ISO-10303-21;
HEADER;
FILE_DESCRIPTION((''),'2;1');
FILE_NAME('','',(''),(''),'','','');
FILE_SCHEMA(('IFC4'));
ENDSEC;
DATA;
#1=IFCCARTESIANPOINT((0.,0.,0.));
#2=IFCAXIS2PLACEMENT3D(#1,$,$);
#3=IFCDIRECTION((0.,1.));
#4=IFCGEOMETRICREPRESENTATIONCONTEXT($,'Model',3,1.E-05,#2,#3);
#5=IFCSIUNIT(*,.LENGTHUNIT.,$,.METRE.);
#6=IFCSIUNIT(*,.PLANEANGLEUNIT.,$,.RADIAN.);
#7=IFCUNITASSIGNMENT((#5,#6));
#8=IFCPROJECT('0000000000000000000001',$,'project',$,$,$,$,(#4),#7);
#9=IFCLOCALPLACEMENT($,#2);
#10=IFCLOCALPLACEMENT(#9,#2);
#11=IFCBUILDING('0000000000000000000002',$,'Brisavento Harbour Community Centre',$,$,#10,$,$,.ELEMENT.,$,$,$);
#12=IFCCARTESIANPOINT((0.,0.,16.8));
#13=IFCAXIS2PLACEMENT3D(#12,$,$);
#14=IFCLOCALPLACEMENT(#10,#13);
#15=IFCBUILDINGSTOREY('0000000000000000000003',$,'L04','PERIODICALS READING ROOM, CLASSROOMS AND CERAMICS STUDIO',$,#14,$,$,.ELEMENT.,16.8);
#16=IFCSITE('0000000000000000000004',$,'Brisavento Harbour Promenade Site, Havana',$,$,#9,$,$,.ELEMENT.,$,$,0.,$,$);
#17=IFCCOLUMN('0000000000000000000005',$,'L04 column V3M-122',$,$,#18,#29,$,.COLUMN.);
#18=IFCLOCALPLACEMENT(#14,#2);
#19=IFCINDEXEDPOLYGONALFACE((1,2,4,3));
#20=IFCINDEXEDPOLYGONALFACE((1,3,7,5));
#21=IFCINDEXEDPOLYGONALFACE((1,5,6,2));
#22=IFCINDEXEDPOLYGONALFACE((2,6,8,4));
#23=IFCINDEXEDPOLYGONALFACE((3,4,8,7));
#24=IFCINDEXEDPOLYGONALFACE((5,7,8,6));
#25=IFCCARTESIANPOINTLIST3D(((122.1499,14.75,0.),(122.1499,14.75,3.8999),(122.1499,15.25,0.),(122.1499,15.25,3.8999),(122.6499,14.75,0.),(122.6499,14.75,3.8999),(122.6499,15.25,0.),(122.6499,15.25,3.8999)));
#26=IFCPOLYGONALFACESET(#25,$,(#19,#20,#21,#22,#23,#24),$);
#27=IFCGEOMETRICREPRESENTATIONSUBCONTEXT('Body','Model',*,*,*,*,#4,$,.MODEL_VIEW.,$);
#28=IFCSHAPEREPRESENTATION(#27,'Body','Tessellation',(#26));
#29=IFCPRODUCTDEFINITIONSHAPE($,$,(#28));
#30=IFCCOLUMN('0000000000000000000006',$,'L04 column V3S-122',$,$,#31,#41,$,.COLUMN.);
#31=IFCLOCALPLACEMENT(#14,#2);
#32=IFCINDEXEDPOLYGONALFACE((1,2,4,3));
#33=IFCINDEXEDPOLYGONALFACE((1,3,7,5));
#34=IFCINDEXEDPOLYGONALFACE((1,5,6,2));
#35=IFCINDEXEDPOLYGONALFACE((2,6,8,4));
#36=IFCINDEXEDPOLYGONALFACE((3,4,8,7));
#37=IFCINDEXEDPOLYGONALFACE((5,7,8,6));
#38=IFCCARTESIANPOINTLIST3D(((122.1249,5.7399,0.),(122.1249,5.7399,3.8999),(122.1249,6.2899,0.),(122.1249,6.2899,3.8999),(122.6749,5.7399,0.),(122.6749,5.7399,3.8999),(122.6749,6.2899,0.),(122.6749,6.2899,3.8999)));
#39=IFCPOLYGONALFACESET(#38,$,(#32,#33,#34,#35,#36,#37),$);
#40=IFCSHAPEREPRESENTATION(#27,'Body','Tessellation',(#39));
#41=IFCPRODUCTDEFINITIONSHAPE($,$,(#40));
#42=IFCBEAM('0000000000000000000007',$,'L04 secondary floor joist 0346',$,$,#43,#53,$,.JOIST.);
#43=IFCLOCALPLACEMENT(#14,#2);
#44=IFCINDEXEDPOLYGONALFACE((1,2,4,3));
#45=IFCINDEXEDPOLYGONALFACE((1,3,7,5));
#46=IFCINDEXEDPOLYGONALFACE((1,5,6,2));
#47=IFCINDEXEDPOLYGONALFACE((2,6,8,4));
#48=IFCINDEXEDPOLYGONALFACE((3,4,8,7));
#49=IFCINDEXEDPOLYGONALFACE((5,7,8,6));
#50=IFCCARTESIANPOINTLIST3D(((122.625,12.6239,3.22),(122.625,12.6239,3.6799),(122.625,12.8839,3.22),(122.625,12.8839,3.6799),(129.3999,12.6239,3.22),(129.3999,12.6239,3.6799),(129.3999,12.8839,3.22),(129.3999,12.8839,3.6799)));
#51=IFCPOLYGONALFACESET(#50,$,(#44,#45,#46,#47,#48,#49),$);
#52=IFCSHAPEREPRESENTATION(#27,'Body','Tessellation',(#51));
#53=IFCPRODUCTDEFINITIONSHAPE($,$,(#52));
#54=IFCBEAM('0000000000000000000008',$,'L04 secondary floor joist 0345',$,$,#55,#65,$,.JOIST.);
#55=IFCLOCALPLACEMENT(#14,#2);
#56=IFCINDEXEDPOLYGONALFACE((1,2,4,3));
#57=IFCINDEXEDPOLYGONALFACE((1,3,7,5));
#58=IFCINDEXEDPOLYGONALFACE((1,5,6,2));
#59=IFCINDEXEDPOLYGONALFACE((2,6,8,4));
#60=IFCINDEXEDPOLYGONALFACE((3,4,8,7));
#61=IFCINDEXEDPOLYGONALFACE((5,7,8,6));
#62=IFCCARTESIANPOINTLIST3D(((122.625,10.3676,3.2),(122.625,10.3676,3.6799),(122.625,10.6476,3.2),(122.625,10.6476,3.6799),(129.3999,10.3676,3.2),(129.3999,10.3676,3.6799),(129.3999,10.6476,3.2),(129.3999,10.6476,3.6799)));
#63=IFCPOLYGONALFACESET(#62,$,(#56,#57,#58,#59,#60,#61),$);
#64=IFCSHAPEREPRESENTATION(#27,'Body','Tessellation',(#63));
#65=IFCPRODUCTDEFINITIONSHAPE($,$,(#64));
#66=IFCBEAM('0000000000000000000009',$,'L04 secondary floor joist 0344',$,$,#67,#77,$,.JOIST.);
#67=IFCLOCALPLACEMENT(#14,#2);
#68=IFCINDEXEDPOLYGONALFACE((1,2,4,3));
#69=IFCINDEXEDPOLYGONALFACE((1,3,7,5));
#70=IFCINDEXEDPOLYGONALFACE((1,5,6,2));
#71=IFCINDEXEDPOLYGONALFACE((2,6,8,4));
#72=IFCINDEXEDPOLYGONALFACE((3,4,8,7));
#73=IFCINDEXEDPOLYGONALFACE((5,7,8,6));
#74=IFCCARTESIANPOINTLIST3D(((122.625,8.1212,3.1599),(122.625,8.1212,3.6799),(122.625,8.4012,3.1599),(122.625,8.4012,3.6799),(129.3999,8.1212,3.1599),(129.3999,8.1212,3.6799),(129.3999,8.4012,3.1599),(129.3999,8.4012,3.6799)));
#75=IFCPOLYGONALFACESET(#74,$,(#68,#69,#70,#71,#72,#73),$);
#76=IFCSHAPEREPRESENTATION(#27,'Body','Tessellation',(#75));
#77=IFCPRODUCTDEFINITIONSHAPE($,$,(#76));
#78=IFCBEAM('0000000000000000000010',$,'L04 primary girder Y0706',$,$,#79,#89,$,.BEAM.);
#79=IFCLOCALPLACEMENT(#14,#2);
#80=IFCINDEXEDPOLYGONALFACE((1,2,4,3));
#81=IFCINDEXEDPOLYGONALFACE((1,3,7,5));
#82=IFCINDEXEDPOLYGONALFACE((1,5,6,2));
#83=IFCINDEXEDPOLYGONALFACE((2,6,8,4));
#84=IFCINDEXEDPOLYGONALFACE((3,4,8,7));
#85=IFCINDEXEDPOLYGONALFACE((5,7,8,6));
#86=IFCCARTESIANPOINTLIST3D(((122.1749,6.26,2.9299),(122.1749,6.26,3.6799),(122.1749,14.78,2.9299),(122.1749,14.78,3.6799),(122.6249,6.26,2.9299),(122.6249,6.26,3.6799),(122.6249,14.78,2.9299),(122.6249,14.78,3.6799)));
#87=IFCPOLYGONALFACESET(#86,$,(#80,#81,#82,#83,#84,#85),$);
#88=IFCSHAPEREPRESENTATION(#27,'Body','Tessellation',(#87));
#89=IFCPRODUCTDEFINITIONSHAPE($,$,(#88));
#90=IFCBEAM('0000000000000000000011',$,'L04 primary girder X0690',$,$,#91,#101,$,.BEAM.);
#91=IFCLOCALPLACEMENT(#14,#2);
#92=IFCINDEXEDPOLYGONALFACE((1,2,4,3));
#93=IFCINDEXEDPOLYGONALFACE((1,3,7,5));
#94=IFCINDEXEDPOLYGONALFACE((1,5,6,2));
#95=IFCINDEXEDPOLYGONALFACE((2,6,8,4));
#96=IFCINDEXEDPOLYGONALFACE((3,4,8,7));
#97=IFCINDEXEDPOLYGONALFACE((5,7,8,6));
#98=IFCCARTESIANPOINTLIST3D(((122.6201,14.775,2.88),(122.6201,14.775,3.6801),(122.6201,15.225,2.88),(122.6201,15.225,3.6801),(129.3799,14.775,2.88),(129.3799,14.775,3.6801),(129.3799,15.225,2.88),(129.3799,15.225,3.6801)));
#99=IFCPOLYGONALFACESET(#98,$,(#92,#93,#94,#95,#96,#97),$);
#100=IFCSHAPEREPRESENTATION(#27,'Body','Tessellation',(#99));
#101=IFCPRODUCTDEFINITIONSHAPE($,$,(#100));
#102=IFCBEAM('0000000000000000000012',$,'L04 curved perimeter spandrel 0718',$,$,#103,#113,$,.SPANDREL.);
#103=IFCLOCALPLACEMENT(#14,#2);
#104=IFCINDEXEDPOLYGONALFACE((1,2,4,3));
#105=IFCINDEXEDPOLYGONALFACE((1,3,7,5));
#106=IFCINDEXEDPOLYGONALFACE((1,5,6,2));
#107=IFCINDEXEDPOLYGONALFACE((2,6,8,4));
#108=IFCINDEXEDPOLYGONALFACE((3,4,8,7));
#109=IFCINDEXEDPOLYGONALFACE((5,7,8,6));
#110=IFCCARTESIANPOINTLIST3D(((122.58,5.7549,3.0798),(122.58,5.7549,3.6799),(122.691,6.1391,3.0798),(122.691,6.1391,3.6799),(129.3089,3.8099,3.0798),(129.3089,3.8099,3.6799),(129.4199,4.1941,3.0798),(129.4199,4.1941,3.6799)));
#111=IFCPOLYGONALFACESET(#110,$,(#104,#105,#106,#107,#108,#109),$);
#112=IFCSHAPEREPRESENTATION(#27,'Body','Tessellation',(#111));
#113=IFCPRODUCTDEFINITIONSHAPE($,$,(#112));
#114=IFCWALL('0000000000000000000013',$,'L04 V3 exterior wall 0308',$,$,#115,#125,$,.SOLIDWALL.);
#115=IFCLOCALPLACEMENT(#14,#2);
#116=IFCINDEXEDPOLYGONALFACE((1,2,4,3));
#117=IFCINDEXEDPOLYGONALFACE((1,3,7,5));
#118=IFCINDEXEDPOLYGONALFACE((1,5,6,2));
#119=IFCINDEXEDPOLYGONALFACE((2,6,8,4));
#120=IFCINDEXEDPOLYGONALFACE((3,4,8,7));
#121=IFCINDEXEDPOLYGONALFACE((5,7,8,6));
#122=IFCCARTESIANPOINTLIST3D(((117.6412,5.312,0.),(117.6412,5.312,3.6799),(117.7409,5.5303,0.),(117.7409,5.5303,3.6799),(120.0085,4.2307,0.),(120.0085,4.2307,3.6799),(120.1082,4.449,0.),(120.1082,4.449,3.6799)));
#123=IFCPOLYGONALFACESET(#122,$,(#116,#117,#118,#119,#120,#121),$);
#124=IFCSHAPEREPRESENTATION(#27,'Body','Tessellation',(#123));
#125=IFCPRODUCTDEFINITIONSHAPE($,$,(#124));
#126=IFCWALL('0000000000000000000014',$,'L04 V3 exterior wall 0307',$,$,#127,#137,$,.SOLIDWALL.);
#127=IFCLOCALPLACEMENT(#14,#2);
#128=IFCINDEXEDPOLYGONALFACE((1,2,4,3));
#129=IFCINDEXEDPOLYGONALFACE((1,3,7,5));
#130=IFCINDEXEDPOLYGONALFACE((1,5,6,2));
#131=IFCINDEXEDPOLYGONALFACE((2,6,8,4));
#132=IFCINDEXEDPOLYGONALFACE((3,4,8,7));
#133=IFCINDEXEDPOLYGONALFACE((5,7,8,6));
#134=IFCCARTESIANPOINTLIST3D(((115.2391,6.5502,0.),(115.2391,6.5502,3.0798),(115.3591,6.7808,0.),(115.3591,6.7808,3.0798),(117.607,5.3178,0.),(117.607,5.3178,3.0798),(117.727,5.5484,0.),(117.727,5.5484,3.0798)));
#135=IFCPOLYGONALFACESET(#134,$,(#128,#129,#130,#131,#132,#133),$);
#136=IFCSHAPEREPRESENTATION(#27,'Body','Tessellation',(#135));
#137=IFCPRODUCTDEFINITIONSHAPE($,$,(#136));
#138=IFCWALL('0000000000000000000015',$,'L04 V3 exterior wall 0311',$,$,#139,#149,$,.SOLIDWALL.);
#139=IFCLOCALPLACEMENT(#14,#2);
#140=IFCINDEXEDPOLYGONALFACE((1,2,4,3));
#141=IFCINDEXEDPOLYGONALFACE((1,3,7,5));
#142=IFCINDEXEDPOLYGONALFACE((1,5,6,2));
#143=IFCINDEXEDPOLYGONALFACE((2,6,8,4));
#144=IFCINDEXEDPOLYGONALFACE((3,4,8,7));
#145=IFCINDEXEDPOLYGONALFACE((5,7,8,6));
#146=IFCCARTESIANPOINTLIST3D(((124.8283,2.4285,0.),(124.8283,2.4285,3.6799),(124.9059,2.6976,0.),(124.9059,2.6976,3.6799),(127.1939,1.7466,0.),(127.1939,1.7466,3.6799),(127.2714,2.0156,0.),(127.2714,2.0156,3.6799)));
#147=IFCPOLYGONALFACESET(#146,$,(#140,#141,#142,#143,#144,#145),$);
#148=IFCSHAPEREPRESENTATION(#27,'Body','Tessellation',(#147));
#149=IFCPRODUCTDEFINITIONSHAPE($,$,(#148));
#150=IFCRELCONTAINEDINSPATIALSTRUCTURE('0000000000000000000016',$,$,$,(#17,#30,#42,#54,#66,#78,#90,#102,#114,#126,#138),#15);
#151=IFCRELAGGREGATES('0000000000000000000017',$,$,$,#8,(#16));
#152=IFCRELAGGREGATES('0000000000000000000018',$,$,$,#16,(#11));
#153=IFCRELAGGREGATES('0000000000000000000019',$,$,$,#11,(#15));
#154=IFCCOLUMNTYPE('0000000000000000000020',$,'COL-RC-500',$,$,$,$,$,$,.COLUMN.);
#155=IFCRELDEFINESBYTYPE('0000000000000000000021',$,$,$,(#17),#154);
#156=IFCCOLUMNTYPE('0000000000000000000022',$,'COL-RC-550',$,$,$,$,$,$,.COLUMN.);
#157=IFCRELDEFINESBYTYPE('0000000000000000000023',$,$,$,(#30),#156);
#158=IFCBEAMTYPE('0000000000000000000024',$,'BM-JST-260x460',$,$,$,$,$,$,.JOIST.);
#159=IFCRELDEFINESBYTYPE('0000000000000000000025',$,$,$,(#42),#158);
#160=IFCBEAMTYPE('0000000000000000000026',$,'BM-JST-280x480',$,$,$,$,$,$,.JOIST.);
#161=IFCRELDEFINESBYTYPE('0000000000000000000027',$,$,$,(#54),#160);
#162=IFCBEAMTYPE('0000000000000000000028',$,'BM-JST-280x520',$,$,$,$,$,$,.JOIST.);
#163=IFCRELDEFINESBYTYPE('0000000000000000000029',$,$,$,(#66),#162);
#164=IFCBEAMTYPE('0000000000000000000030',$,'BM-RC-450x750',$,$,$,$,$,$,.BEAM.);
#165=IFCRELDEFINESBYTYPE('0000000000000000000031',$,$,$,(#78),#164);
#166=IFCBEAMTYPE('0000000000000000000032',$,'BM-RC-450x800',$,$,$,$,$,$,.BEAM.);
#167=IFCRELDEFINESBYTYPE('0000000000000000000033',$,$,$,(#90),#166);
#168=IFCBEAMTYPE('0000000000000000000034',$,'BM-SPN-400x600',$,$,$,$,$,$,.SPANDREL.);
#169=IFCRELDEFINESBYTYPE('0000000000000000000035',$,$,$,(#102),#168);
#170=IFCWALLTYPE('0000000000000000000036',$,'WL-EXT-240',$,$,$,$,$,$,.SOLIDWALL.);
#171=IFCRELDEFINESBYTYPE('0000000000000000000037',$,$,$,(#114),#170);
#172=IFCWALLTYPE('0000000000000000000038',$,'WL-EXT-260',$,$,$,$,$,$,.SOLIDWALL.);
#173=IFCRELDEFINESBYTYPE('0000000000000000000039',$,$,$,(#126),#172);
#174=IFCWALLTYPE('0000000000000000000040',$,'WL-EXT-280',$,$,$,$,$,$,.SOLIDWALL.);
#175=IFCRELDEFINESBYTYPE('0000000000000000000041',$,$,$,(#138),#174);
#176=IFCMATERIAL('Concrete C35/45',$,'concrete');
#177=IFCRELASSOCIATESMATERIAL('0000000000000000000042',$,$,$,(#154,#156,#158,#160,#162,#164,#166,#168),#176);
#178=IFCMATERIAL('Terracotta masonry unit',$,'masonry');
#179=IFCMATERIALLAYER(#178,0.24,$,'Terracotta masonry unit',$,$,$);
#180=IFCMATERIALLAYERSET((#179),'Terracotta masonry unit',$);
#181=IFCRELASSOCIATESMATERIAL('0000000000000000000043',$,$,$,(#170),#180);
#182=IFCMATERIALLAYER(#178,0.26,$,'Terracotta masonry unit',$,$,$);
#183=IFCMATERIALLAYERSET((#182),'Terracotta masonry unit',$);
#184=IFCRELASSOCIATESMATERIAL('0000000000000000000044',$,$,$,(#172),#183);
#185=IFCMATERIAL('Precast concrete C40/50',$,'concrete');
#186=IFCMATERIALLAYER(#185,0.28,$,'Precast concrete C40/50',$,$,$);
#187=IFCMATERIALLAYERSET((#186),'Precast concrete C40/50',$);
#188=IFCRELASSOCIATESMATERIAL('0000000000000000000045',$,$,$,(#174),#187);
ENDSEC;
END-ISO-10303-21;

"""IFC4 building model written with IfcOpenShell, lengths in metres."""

from ifc_helpers import new_model, si_unit, direction, frame, frame_2d, origin, origin_2d, place, context, subcontext, project, spatial, rectangle, extrude, material, layer, layer_set, material_profile, profile_set, type_object, element, save


model = new_model("IFC4")

# Units and contexts
model_context = context("Model", 3, precision=1e-05, world=origin(), true_north=direction((0.0, 1.0)))
body_context = subcontext(model_context, "Body", "Model", "MODEL_VIEW")
ifc_project = project(units=[si_unit("LENGTHUNIT", "METRE"), si_unit("PLANEANGLEUNIT", "RADIAN")], contexts=[model_context])

# Site, building, storey
site_placement = place(None, origin())
site = spatial("IfcSite", under=ifc_project, at=site_placement, Name="Brisavento Harbour Promenade Site, Havana", CompositionType="ELEMENT", RefElevation=0.0)
building_placement = place(site_placement, origin())
building = spatial("IfcBuilding", under=site, at=building_placement, Name="Brisavento Harbour Community Centre", CompositionType="ELEMENT")
storey_placement = place(building_placement, frame((0.0, 0.0, 16.8)))
storey = spatial("IfcBuildingStorey", under=building, at=storey_placement, Name="L04", Description="PERIODICALS READING ROOM, CLASSROOMS AND CERAMICS STUDIO", CompositionType="ELEMENT", Elevation=16.8)

# Columns
ifc_material_1 = material(Name="Concrete C35/45", Category="concrete")
ifc_material_profile_1 = material_profile(ifc_material_1, rectangle(XDim=0.5, YDim=0.5, at=origin_2d()), Name="Concrete C35/45")
ifc_profile_set_1 = profile_set([ifc_material_profile_1], Name="Concrete C35/45")
column_type_1 = type_object("IfcColumnType", Name="COL-RC-500", PredefinedType="COLUMN", material=ifc_profile_set_1)
column_1_placement = place(storey_placement, frame((122.3999, 15.0, 0.0), z_axis=(0.0, 0.0, 1.0), x_axis=(1.0, 0.0, 0.0)))
element("IfcColumn", 1, at=column_1_placement, inside=storey, type_object=column_type_1, Name="L04 column V3M-122", PredefinedType="COLUMN", context=body_context, shape_type="SweptSolid", body=[
    extrude(rectangle(XDim=0.5, YDim=0.5, at=origin_2d()), origin(), (0.0, 0.0, 1.0), 3.8999),
])
ifc_material_profile_2 = material_profile(ifc_material_1, rectangle(XDim=0.55, YDim=0.55, at=origin_2d()), Name="Concrete C35/45")
ifc_profile_set_2 = profile_set([ifc_material_profile_2], Name="Concrete C35/45")
column_type_2 = type_object("IfcColumnType", Name="COL-RC-550", PredefinedType="COLUMN", material=ifc_profile_set_2)
column_2_placement = place(storey_placement, frame((122.3999, 6.0149, 0.0), z_axis=(0.0, 0.0, 1.0), x_axis=(1.0, 0.0, 0.0)))
element("IfcColumn", 2, at=column_2_placement, inside=storey, type_object=column_type_2, Name="L04 column V3S-122", PredefinedType="COLUMN", context=body_context, shape_type="SweptSolid", body=[
    extrude(rectangle(XDim=0.55, YDim=0.55, at=origin_2d()), origin(), (0.0, 0.0, 1.0), 3.8999),
])

# Beams
ifc_material_profile_3 = material_profile(ifc_material_1, rectangle(XDim=0.26, YDim=0.46, at=origin_2d()), Name="Concrete C35/45")
ifc_profile_set_3 = profile_set([ifc_material_profile_3], Name="Concrete C35/45")
beam_type_1 = type_object("IfcBeamType", Name="BM-JST-260x460", PredefinedType="JOIST", material=ifc_profile_set_3)
beam_1_placement = place(storey_placement, frame((122.625, 12.7539, 3.45), z_axis=(1.0, 0.0, 0.0), x_axis=(0.0, 1.0, 0.0)))
element("IfcBeam", 3, at=beam_1_placement, inside=storey, type_object=beam_type_1, Name="L04 secondary floor joist 0346", PredefinedType="JOIST", context=body_context, shape_type="SweptSolid", body=[
    extrude(rectangle(XDim=0.26, YDim=0.46, at=origin_2d()), origin(), (0.0, 0.0, 1.0), 6.7749),
])
ifc_material_profile_4 = material_profile(ifc_material_1, rectangle(XDim=0.28, YDim=0.48, at=origin_2d()), Name="Concrete C35/45")
ifc_profile_set_4 = profile_set([ifc_material_profile_4], Name="Concrete C35/45")
beam_type_2 = type_object("IfcBeamType", Name="BM-JST-280x480", PredefinedType="JOIST", material=ifc_profile_set_4)
beam_2_placement = place(storey_placement, frame((122.625, 10.5076, 3.4399), z_axis=(1.0, 0.0, 0.0), x_axis=(0.0, 1.0, 0.0)))
element("IfcBeam", 4, at=beam_2_placement, inside=storey, type_object=beam_type_2, Name="L04 secondary floor joist 0345", PredefinedType="JOIST", context=body_context, shape_type="SweptSolid", body=[
    extrude(rectangle(XDim=0.28, YDim=0.48, at=origin_2d()), origin(), (0.0, 0.0, 1.0), 6.7749),
])
ifc_material_profile_5 = material_profile(ifc_material_1, rectangle(XDim=0.28, YDim=0.52, at=origin_2d()), Name="Concrete C35/45")
ifc_profile_set_5 = profile_set([ifc_material_profile_5], Name="Concrete C35/45")
beam_type_3 = type_object("IfcBeamType", Name="BM-JST-280x520", PredefinedType="JOIST", material=ifc_profile_set_5)
beam_3_placement = place(storey_placement, frame((122.625, 8.2612, 3.4199), z_axis=(1.0, 0.0, 0.0), x_axis=(0.0, 1.0, 0.0)))
element("IfcBeam", 5, at=beam_3_placement, inside=storey, type_object=beam_type_3, Name="L04 secondary floor joist 0344", PredefinedType="JOIST", context=body_context, shape_type="SweptSolid", body=[
    extrude(rectangle(XDim=0.28, YDim=0.52, at=origin_2d()), origin(), (0.0, 0.0, 1.0), 6.7749),
])
ifc_material_profile_6 = material_profile(ifc_material_1, rectangle(XDim=0.45, YDim=0.75, at=origin_2d()), Name="Concrete C35/45")
ifc_profile_set_6 = profile_set([ifc_material_profile_6], Name="Concrete C35/45")
beam_type_4 = type_object("IfcBeamType", Name="BM-RC-450x750", PredefinedType="BEAM", material=ifc_profile_set_6)
beam_4_placement = place(storey_placement, frame((122.3999, 6.26, 3.3049), z_axis=(0.0, 1.0, 0.0), x_axis=(-1.0, 0.0, 0.0)))
element("IfcBeam", 6, at=beam_4_placement, inside=storey, type_object=beam_type_4, Name="L04 primary girder Y0706", PredefinedType="BEAM", context=body_context, shape_type="SweptSolid", body=[
    extrude(rectangle(XDim=0.45, YDim=0.75, at=origin_2d()), origin(), (0.0, 0.0, 1.0), 8.52),
])
ifc_material_profile_7 = material_profile(ifc_material_1, rectangle(XDim=0.45, YDim=0.8, at=origin_2d()), Name="Concrete C35/45")
ifc_profile_set_7 = profile_set([ifc_material_profile_7], Name="Concrete C35/45")
beam_type_5 = type_object("IfcBeamType", Name="BM-RC-450x800", PredefinedType="BEAM", material=ifc_profile_set_7)
beam_5_placement = place(storey_placement, frame((122.6201, 15.0, 3.28), z_axis=(1.0, 0.0, 0.0), x_axis=(0.0, 1.0, 0.0)))
element("IfcBeam", 7, at=beam_5_placement, inside=storey, type_object=beam_type_5, Name="L04 primary girder X0690", PredefinedType="BEAM", context=body_context, shape_type="SweptSolid", body=[
    extrude(rectangle(XDim=0.45, YDim=0.8, at=origin_2d()), origin(), (0.0, 0.0, 1.0), 6.7598),
])
ifc_material_profile_8 = material_profile(ifc_material_1, rectangle(XDim=0.3999, YDim=0.6001, at=origin_2d()), Name="Concrete C35/45")
ifc_profile_set_8 = profile_set([ifc_material_profile_8], Name="Concrete C35/45")
beam_type_6 = type_object("IfcBeamType", Name="BM-SPN-400x600", PredefinedType="SPANDREL", material=ifc_profile_set_8)
beam_6_placement = place(storey_placement, frame((122.6355, 5.947, 3.3799), z_axis=(0.960671, -0.277689, 0.0), x_axis=(0.277689, 0.960671, 0.0)))
element("IfcBeam", 8, at=beam_6_placement, inside=storey, type_object=beam_type_6, Name="L04 curved perimeter spandrel 0718", PredefinedType="SPANDREL", context=body_context, shape_type="SweptSolid", body=[
    extrude(rectangle(XDim=0.3999, YDim=0.6001, at=origin_2d()), origin(), (0.0, 0.0, 1.0), 7.0044),
])

# Walls
ifc_material_2 = material(Name="Terracotta masonry unit", Category="masonry")
ifc_layer_1 = layer(ifc_material_2, 0.24, Name="Terracotta masonry unit")
ifc_layer_set_1 = layer_set([ifc_layer_1], Name="Terracotta masonry unit")
wall_type_1 = type_object("IfcWallType", Name="WL-EXT-240", PredefinedType="SOLIDWALL", material=ifc_layer_set_1)
wall_1_placement = place(storey_placement, frame((120.0583, 4.3398, 0.0), z_axis=(0.0, 0.0, 1.0), x_axis=(-0.909597, 0.415491, 0.0)))
element("IfcWall", 9, at=wall_1_placement, inside=storey, type_object=wall_type_1, Name="L04 V3 exterior wall 0308", PredefinedType="SOLIDWALL", context=body_context, shape_type="SweptSolid", body=[
    extrude(rectangle(XDim=2.6025, YDim=0.24, at=frame_2d((1.3013, 0.0))), origin(), (0.0, 0.0, 1.0), 3.6799),
])
ifc_layer_2 = layer(ifc_material_2, 0.26, Name="Terracotta masonry unit")
ifc_layer_set_2 = layer_set([ifc_layer_2], Name="Terracotta masonry unit")
wall_type_2 = type_object("IfcWallType", Name="WL-EXT-260", PredefinedType="SOLIDWALL", material=ifc_layer_set_2)
wall_2_placement = place(storey_placement, frame((117.667, 5.4331, 0.0), z_axis=(0.0, 0.0, 1.0), x_axis=(-0.887048, 0.461678, 0.0)))
element("IfcWall", 10, at=wall_2_placement, inside=storey, type_object=wall_type_2, Name="L04 V3 exterior wall 0307", PredefinedType="SOLIDWALL", context=body_context, shape_type="SweptSolid", body=[
    extrude(rectangle(XDim=2.6694, YDim=0.26, at=frame_2d((1.3347, 0.0))), origin(), (0.0, 0.0, 1.0), 3.0798),
])
ifc_material_3 = material(Name="Precast concrete C40/50", Category="concrete")
ifc_layer_3 = layer(ifc_material_3, 0.28, Name="Precast concrete C40/50")
ifc_layer_set_3 = layer_set([ifc_layer_3], Name="Precast concrete C40/50")
wall_type_3 = type_object("IfcWallType", Name="WL-EXT-280", PredefinedType="SOLIDWALL", material=ifc_layer_set_3)
wall_3_placement = place(storey_placement, frame((127.2327, 1.8811, 0.0), z_axis=(0.0, 0.0, 1.0), x_axis=(-0.960874, 0.276986, 0.0)))
element("IfcWall", 11, at=wall_3_placement, inside=storey, type_object=wall_type_3, Name="L04 V3 exterior wall 0311", PredefinedType="SOLIDWALL", context=body_context, shape_type="SweptSolid", body=[
    extrude(rectangle(XDim=2.4619, YDim=0.28, at=frame_2d((1.231, 0.0))), origin(), (0.0, 0.0, 1.0), 3.6799),
])

save(model, "model.ifc")
